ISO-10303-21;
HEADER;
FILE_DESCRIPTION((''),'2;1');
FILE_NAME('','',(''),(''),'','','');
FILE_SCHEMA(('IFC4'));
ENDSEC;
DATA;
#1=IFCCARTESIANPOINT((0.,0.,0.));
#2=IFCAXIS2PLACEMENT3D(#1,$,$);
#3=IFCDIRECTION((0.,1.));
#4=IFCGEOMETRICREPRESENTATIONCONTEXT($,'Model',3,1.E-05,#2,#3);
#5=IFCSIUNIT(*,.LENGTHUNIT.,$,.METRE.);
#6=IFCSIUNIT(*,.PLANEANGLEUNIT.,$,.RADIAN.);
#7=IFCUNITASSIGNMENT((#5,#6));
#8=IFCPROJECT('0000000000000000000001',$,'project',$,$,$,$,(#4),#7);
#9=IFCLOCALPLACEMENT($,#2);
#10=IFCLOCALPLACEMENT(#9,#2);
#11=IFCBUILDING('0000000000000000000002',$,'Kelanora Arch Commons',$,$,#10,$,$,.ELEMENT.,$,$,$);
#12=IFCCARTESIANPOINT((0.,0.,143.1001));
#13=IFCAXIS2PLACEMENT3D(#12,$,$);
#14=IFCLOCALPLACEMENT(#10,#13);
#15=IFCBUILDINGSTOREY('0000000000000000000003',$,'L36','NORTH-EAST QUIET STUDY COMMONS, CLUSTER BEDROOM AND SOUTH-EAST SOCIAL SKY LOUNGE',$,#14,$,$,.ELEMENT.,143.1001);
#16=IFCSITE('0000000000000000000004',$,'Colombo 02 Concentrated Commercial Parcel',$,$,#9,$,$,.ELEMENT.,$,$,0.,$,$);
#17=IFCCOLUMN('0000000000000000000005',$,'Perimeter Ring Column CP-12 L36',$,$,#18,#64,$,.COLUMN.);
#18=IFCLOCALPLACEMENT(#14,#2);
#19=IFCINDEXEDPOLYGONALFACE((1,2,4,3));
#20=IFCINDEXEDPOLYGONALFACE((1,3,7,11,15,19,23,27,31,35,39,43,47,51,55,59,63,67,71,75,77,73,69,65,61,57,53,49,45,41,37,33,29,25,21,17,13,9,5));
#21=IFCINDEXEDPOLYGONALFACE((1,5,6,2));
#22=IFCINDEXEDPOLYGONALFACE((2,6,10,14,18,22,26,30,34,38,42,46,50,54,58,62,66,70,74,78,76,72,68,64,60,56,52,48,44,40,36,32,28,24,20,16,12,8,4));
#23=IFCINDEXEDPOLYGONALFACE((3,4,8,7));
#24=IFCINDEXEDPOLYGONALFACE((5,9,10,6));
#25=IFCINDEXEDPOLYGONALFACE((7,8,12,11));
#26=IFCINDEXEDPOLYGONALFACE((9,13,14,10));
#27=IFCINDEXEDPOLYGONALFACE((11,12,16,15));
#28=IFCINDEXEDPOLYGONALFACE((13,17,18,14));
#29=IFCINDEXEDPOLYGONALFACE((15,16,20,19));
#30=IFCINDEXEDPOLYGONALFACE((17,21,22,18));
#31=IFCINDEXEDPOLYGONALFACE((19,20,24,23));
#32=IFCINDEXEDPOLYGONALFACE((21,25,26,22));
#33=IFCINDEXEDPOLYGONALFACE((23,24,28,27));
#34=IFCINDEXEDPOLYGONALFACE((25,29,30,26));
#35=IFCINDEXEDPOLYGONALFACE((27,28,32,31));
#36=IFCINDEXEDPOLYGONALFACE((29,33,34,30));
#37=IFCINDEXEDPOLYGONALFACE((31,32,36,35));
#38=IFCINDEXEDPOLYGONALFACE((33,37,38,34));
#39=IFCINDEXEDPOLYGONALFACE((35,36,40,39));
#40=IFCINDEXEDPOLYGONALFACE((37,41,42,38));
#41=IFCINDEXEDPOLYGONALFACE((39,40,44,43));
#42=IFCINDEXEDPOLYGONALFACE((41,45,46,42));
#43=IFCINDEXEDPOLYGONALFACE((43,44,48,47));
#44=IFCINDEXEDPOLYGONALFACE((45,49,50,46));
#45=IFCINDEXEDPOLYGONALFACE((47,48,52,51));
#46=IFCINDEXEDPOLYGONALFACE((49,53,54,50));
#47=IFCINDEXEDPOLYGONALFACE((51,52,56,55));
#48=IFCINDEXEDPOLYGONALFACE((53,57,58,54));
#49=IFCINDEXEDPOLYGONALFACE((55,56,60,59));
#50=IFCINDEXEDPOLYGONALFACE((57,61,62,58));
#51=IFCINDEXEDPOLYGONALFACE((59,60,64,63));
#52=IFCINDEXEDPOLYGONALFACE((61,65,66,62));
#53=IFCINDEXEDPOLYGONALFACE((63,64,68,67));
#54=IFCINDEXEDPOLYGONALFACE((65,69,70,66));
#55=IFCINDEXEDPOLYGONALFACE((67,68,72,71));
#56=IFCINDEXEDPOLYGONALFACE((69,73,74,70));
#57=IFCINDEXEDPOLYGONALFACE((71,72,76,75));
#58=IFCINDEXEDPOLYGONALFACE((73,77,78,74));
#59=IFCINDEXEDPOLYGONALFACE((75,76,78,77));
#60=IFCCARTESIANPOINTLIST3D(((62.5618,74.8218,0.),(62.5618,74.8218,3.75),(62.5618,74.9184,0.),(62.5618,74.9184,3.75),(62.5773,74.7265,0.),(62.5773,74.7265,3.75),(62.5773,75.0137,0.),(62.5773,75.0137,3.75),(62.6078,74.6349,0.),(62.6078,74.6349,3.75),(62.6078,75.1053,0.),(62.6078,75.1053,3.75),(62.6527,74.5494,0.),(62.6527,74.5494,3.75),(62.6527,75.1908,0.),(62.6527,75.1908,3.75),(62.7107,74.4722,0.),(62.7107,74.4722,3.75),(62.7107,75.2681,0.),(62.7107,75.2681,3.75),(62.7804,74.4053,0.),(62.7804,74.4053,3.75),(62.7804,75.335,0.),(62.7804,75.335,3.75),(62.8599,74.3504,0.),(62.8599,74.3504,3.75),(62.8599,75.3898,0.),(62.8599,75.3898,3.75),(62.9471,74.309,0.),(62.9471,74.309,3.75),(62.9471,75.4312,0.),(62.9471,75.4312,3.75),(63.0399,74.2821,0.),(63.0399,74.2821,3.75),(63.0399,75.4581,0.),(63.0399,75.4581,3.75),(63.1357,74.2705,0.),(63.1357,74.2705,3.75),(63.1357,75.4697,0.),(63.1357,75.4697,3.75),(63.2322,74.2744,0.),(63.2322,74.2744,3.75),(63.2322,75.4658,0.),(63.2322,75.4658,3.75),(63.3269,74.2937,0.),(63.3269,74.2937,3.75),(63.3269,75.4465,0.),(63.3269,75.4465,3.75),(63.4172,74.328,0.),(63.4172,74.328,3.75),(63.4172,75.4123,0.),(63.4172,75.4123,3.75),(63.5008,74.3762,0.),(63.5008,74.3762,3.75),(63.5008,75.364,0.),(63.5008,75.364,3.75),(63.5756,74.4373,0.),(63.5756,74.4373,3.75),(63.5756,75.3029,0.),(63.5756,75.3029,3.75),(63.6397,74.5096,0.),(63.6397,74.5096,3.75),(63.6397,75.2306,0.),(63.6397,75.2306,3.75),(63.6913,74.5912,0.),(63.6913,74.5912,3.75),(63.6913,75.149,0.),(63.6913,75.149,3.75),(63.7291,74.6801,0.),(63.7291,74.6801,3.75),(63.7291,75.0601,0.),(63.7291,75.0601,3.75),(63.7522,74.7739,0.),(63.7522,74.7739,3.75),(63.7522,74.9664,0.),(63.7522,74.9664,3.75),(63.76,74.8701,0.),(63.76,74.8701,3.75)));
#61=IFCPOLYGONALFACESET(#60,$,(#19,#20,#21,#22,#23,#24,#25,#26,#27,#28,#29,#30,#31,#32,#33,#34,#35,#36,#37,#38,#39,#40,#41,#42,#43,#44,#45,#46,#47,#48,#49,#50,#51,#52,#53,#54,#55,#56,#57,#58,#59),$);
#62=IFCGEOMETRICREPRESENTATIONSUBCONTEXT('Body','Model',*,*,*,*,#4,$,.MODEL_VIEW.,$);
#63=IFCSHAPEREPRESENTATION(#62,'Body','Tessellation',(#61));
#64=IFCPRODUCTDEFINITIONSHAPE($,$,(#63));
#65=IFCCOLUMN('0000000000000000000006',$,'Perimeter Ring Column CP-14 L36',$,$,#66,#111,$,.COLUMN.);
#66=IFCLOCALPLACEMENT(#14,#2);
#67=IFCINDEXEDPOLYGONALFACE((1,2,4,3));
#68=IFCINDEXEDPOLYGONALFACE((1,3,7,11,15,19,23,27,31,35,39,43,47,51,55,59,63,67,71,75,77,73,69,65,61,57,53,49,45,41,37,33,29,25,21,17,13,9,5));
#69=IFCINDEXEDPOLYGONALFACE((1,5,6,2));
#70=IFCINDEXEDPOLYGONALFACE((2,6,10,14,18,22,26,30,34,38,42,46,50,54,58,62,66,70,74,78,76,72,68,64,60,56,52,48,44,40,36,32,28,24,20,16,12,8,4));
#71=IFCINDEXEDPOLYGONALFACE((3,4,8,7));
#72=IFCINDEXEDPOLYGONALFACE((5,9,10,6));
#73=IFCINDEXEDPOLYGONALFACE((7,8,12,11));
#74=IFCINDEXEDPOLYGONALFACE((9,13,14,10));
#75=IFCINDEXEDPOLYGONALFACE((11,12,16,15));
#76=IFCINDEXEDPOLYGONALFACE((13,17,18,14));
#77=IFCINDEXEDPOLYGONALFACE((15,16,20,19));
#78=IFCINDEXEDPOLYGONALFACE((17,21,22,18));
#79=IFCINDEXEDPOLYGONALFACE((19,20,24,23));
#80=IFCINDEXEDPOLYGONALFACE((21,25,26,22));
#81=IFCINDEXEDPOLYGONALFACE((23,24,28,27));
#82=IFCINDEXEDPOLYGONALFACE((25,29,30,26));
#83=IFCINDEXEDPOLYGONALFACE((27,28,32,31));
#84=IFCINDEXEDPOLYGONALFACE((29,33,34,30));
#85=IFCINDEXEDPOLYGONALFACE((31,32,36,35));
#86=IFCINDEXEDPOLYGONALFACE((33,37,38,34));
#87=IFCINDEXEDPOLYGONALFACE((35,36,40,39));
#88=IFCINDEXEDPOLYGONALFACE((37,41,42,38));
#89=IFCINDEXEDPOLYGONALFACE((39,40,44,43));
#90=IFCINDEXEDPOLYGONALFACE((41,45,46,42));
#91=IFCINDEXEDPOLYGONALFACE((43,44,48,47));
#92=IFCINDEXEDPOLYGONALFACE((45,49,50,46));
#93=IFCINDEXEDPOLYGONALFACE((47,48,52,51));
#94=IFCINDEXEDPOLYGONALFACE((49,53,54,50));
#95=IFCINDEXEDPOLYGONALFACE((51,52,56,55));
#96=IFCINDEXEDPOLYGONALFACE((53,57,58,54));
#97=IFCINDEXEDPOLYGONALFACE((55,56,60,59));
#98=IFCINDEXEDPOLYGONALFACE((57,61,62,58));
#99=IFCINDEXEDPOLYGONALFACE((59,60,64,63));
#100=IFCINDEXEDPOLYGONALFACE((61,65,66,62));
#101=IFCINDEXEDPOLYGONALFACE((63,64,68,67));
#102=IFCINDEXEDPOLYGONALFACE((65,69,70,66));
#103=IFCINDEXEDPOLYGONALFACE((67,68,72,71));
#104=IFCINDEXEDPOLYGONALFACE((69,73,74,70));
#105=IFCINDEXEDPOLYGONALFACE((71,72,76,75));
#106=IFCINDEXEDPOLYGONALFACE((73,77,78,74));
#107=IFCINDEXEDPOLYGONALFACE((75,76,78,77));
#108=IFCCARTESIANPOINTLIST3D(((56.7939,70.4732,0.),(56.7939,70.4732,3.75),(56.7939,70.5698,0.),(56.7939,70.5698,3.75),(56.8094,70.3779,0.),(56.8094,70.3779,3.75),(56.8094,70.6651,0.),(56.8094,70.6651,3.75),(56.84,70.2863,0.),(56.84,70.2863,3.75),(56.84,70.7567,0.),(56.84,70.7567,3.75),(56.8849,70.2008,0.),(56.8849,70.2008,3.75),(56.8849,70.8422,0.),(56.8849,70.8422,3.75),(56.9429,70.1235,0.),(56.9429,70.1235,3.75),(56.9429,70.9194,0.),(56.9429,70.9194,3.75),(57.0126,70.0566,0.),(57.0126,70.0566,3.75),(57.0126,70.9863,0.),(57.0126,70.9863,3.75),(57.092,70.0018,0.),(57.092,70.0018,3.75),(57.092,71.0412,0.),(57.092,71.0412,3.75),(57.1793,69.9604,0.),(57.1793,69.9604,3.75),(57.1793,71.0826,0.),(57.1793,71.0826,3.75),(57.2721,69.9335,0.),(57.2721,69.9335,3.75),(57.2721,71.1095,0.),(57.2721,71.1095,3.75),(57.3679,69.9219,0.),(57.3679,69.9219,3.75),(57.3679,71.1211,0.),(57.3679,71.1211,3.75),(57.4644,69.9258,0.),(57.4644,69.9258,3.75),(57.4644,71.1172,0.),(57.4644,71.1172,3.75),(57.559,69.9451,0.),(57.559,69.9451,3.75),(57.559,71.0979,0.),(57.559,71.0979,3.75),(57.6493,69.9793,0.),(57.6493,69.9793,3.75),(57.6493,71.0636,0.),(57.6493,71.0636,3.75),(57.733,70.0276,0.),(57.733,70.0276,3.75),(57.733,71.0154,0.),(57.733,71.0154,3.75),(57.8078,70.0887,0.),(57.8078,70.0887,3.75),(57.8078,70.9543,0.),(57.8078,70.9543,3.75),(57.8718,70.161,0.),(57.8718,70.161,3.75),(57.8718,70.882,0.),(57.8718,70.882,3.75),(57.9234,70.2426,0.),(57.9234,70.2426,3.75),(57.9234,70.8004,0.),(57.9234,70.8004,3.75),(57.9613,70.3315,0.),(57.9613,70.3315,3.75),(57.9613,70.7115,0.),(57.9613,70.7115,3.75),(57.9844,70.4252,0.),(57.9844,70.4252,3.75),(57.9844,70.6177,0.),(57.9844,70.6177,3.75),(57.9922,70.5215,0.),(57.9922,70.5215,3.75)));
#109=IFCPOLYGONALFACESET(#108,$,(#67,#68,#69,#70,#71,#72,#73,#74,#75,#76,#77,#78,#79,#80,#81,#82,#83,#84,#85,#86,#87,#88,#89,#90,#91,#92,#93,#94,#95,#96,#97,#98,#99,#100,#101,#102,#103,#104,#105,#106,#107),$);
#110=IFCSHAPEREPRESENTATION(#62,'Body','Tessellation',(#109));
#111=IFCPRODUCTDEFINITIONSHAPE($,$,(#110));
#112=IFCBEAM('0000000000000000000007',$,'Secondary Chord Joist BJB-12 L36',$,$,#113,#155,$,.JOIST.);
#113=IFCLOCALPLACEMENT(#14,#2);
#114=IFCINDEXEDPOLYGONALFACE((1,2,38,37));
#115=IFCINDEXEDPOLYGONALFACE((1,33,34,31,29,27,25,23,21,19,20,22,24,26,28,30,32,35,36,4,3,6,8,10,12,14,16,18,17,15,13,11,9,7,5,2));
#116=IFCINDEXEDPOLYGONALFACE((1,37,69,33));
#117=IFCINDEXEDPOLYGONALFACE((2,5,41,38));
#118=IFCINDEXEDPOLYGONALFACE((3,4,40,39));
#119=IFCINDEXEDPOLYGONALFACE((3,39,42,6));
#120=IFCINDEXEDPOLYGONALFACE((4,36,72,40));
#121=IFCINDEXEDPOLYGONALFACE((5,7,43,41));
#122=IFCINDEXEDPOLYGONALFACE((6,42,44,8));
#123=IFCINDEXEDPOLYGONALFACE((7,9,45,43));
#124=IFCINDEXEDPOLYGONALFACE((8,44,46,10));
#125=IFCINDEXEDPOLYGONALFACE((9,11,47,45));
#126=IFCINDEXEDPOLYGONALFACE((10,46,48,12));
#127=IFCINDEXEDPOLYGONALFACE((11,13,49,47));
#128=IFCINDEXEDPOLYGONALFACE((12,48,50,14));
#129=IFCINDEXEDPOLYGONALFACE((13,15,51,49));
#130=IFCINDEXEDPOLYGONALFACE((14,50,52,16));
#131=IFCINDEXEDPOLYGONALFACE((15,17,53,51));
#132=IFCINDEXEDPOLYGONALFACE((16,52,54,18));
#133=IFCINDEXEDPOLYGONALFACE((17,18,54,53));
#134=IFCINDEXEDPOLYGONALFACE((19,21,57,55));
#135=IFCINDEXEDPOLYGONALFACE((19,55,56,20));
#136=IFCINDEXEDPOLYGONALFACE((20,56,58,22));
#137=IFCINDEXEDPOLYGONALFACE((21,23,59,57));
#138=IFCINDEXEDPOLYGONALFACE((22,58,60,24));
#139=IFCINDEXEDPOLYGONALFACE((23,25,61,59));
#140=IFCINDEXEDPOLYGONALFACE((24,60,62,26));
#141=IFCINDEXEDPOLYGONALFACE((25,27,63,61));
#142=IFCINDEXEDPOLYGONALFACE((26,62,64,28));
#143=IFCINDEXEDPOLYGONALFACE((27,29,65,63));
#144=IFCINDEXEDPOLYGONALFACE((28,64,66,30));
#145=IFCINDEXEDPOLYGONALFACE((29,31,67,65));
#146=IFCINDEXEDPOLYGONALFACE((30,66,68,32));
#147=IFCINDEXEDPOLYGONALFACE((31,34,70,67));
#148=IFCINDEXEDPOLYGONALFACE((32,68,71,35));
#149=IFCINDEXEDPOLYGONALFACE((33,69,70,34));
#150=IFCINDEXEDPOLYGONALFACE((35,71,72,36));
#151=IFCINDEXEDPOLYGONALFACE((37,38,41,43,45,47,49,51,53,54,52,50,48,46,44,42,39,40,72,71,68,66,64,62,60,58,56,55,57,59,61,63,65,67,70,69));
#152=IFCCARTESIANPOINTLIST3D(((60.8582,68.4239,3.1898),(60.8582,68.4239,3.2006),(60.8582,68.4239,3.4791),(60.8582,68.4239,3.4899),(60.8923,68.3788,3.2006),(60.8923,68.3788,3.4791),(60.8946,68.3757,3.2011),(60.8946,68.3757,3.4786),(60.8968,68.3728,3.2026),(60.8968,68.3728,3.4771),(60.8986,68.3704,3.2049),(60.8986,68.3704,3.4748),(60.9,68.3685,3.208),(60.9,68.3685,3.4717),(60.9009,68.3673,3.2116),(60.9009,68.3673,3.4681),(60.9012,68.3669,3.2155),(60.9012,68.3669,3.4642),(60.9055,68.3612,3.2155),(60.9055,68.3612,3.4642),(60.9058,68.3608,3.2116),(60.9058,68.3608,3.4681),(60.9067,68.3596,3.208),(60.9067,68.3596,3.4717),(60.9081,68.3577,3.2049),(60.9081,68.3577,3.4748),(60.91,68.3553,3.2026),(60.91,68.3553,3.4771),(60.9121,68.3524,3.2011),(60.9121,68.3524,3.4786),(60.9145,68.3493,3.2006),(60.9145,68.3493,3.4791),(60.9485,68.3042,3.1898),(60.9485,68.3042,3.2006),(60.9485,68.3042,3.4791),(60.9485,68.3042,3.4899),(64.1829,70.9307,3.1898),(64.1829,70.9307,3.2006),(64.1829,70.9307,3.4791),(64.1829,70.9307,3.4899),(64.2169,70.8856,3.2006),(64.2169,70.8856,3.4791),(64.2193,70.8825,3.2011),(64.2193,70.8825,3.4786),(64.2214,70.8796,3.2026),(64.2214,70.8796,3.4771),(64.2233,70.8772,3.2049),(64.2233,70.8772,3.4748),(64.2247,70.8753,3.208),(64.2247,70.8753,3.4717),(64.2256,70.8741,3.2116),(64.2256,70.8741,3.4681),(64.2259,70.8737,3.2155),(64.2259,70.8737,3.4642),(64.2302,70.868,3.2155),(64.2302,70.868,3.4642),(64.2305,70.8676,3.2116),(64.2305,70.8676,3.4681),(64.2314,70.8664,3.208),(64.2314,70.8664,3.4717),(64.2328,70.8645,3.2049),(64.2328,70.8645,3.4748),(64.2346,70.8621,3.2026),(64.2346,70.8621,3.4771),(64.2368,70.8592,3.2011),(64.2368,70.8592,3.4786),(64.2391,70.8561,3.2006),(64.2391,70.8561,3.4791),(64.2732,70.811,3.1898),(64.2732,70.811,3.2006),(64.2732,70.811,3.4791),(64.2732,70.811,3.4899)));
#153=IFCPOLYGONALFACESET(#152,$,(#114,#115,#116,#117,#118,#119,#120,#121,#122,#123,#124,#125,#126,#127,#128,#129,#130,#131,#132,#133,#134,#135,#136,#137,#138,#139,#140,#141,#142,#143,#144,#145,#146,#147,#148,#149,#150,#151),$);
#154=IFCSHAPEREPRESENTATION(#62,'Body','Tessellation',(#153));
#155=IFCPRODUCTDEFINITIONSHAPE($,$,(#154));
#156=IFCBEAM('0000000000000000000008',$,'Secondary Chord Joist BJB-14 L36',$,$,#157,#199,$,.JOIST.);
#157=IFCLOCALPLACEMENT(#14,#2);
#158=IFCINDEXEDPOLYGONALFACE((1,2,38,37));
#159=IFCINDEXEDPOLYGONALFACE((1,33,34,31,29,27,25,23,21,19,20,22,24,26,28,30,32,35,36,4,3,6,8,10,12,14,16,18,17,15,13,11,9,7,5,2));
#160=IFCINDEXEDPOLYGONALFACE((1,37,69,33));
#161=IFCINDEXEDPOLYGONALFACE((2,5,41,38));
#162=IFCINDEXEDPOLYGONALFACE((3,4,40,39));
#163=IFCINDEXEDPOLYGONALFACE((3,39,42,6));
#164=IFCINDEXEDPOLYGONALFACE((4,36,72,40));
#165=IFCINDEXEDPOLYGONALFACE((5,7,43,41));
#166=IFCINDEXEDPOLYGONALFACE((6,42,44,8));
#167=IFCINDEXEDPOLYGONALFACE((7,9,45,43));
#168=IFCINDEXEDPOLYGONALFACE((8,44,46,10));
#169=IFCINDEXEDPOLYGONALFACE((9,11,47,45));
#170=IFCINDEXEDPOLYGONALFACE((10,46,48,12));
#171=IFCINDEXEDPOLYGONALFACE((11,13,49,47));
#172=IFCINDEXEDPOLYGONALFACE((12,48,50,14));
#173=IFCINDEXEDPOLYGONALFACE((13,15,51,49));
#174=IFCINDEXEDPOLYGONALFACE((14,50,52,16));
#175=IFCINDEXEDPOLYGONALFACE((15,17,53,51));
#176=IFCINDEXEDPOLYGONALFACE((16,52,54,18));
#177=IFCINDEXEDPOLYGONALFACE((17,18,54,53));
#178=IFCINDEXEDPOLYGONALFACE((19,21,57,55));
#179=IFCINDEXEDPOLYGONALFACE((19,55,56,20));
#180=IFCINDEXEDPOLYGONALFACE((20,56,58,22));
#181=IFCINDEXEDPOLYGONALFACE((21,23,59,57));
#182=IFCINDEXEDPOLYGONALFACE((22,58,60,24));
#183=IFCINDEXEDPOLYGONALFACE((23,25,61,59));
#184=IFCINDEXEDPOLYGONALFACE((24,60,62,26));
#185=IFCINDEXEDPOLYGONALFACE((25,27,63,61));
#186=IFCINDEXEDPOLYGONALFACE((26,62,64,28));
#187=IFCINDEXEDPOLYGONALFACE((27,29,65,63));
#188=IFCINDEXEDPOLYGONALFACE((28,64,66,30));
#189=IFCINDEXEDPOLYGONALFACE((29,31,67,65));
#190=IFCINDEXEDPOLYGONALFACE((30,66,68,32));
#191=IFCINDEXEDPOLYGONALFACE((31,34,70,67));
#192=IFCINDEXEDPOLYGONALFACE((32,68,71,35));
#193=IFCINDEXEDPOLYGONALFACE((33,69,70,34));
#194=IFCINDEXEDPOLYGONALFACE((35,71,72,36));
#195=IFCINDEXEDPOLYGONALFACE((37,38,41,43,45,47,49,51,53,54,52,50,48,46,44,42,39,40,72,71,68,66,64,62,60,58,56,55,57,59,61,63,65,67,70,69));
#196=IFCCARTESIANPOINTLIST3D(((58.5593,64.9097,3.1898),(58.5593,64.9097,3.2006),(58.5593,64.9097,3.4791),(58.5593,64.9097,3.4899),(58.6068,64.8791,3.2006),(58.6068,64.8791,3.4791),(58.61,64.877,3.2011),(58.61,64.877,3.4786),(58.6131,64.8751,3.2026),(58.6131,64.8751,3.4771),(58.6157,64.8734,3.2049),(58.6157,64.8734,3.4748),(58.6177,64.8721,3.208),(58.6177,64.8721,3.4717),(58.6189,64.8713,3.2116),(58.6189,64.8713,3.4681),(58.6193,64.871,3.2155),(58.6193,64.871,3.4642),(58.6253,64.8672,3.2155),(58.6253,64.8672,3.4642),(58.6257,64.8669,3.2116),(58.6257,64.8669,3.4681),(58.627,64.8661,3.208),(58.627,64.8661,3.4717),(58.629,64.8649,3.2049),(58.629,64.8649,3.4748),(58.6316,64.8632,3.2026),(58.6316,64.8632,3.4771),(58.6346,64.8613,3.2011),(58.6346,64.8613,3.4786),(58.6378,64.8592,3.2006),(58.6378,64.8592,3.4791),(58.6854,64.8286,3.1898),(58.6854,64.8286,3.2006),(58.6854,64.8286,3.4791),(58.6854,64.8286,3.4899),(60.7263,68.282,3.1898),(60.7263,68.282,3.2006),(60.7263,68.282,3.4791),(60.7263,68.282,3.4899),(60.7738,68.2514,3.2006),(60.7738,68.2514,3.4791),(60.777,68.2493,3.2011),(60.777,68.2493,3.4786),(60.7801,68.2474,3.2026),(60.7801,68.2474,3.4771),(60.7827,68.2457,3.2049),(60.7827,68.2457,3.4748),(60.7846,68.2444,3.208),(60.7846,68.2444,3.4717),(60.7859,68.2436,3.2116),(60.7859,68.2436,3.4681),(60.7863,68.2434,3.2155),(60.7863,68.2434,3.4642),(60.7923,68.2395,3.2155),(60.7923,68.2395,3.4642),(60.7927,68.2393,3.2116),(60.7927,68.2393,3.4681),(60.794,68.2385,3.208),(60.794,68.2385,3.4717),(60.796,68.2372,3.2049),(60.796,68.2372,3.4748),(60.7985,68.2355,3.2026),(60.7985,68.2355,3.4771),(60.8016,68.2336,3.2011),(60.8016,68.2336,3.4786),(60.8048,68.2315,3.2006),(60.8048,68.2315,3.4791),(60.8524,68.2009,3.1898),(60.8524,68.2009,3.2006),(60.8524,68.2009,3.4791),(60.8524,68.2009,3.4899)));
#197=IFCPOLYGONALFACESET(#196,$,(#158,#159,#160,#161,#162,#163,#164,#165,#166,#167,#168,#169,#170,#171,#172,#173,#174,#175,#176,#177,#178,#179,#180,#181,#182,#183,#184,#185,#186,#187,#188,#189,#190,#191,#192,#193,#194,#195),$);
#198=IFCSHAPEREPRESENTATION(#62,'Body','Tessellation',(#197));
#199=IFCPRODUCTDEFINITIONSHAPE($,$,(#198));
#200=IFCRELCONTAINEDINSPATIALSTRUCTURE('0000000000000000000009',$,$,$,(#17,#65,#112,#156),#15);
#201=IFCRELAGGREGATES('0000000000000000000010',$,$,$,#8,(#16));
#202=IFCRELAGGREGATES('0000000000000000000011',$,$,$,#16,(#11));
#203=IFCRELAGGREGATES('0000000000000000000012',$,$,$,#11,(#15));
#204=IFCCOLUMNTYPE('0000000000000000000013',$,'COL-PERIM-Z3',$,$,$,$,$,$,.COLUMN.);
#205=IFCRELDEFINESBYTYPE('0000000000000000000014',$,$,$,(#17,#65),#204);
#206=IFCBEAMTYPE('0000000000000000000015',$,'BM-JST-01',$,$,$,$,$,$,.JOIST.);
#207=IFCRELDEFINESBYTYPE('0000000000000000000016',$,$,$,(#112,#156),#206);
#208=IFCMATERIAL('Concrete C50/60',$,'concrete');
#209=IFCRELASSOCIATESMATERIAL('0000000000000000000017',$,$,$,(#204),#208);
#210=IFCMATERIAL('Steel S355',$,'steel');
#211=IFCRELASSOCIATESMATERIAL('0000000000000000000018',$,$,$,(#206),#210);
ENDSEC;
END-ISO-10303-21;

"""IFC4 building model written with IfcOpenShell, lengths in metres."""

from ifc_helpers import new_model, si_unit, direction, frame, origin, origin_2d, place, context, subcontext, project, spatial, circle, i_section, extrude, material, material_profile, profile_set, type_object, element, save


model = new_model("IFC4")

# Units and contexts
model_context = context("Model", 3, precision=1e-05, world=origin(), true_north=direction((0.0, 1.0)))
body_context = subcontext(model_context, "Body", "Model", "MODEL_VIEW")
ifc_project = project(units=[si_unit("LENGTHUNIT", "METRE"), si_unit("PLANEANGLEUNIT", "RADIAN")], contexts=[model_context])

# Site, building, storey
site_placement = place(None, origin())
site = spatial("IfcSite", under=ifc_project, at=site_placement, Name="Colombo 02 Concentrated Commercial Parcel", CompositionType="ELEMENT", RefElevation=0.0)
building_placement = place(site_placement, origin())
building = spatial("IfcBuilding", under=site, at=building_placement, Name="Kelanora Arch Commons", CompositionType="ELEMENT")
storey_placement = place(building_placement, frame((0.0, 0.0, 143.1001)))
storey = spatial("IfcBuildingStorey", under=building, at=storey_placement, Name="L36", Description="NORTH-EAST QUIET STUDY COMMONS, CLUSTER BEDROOM AND SOUTH-EAST SOCIAL SKY LOUNGE", CompositionType="ELEMENT", Elevation=143.1001)

# Columns
ifc_material_1 = material(Name="Concrete C50/60", Category="concrete")
ifc_material_profile_1 = material_profile(ifc_material_1, circle(Radius=0.6001, at=origin_2d()), Name="RCC1200")
ifc_profile_set_1 = profile_set([ifc_material_profile_1], Name="Concrete C50/60")
column_type = type_object("IfcColumnType", Name="COL-PERIM-Z3", PredefinedType="COLUMN", material=ifc_profile_set_1)
for number, where, z_axis, x_axis, name in (
    (1, (63.1599, 74.8701, 0.0), (0.0, 0.0, 1.0), (1.0, 0.0, 0.0), "Perimeter Ring Column CP-12 L36"),
    (2, (57.3921, 70.5215, 0.0), (0.0, 0.0, 1.0), (1.0, 0.0, 0.0), "Perimeter Ring Column CP-14 L36"),
):
    element("IfcColumn", number, at=place(storey_placement, frame(where, z_axis=z_axis, x_axis=x_axis)), inside=storey, type_object=column_type, Name=name, PredefinedType="COLUMN", context=body_context, shape_type="SweptSolid", body=[
        extrude(circle(Radius=0.6001, at=origin_2d()), origin(), (0.0, 0.0, 1.0), 3.75),
    ])

# Beams
ifc_material_2 = material(Name="Steel S355", Category="steel")
ifc_material_profile_2 = material_profile(ifc_material_2, i_section(OverallWidth=0.1499, OverallDepth=0.3, WebThickness=0.0071, FlangeThickness=0.0107, FilletRadius=0.0149, at=origin_2d()), Name="IPE300")
ifc_profile_set_2 = profile_set([ifc_material_profile_2], Name="Steel S355")
beam_type_1 = type_object("IfcBeamType", Name="BM-JST-01", PredefinedType="JOIST", material=ifc_profile_set_2)
beam_1_placement = place(storey_placement, frame((64.228, 70.8708, 3.3398), z_axis=(-0.798464, -0.602043, 0.0), x_axis=(0.602043, -0.798464, 0.0)))
element("IfcBeam", 3, at=beam_1_placement, inside=storey, type_object=beam_type_1, Name="Secondary Chord Joist BJB-12 L36", PredefinedType="JOIST", context=body_context, shape_type="SweptSolid", body=[
    extrude(i_section(OverallWidth=0.1499, OverallDepth=0.3, WebThickness=0.0071, FlangeThickness=0.0107, FilletRadius=0.0149, at=origin_2d()), origin(), (0.0, 0.0, 1.0), 4.1638),
])
beam_2_placement = place(storey_placement, frame((60.7893, 68.2415, 3.3398), z_axis=(-0.540594, -0.841283, 0.0), x_axis=(0.841283, -0.540594, 0.0)))
element("IfcBeam", 4, at=beam_2_placement, inside=storey, type_object=beam_type_1, Name="Secondary Chord Joist BJB-14 L36", PredefinedType="JOIST", context=body_context, shape_type="SweptSolid", body=[
    extrude(i_section(OverallWidth=0.1499, OverallDepth=0.3, WebThickness=0.0071, FlangeThickness=0.0107, FilletRadius=0.0149, at=origin_2d()), origin(), (0.0, 0.0, 1.0), 4.0085),
])

save(model, "model.ifc")
